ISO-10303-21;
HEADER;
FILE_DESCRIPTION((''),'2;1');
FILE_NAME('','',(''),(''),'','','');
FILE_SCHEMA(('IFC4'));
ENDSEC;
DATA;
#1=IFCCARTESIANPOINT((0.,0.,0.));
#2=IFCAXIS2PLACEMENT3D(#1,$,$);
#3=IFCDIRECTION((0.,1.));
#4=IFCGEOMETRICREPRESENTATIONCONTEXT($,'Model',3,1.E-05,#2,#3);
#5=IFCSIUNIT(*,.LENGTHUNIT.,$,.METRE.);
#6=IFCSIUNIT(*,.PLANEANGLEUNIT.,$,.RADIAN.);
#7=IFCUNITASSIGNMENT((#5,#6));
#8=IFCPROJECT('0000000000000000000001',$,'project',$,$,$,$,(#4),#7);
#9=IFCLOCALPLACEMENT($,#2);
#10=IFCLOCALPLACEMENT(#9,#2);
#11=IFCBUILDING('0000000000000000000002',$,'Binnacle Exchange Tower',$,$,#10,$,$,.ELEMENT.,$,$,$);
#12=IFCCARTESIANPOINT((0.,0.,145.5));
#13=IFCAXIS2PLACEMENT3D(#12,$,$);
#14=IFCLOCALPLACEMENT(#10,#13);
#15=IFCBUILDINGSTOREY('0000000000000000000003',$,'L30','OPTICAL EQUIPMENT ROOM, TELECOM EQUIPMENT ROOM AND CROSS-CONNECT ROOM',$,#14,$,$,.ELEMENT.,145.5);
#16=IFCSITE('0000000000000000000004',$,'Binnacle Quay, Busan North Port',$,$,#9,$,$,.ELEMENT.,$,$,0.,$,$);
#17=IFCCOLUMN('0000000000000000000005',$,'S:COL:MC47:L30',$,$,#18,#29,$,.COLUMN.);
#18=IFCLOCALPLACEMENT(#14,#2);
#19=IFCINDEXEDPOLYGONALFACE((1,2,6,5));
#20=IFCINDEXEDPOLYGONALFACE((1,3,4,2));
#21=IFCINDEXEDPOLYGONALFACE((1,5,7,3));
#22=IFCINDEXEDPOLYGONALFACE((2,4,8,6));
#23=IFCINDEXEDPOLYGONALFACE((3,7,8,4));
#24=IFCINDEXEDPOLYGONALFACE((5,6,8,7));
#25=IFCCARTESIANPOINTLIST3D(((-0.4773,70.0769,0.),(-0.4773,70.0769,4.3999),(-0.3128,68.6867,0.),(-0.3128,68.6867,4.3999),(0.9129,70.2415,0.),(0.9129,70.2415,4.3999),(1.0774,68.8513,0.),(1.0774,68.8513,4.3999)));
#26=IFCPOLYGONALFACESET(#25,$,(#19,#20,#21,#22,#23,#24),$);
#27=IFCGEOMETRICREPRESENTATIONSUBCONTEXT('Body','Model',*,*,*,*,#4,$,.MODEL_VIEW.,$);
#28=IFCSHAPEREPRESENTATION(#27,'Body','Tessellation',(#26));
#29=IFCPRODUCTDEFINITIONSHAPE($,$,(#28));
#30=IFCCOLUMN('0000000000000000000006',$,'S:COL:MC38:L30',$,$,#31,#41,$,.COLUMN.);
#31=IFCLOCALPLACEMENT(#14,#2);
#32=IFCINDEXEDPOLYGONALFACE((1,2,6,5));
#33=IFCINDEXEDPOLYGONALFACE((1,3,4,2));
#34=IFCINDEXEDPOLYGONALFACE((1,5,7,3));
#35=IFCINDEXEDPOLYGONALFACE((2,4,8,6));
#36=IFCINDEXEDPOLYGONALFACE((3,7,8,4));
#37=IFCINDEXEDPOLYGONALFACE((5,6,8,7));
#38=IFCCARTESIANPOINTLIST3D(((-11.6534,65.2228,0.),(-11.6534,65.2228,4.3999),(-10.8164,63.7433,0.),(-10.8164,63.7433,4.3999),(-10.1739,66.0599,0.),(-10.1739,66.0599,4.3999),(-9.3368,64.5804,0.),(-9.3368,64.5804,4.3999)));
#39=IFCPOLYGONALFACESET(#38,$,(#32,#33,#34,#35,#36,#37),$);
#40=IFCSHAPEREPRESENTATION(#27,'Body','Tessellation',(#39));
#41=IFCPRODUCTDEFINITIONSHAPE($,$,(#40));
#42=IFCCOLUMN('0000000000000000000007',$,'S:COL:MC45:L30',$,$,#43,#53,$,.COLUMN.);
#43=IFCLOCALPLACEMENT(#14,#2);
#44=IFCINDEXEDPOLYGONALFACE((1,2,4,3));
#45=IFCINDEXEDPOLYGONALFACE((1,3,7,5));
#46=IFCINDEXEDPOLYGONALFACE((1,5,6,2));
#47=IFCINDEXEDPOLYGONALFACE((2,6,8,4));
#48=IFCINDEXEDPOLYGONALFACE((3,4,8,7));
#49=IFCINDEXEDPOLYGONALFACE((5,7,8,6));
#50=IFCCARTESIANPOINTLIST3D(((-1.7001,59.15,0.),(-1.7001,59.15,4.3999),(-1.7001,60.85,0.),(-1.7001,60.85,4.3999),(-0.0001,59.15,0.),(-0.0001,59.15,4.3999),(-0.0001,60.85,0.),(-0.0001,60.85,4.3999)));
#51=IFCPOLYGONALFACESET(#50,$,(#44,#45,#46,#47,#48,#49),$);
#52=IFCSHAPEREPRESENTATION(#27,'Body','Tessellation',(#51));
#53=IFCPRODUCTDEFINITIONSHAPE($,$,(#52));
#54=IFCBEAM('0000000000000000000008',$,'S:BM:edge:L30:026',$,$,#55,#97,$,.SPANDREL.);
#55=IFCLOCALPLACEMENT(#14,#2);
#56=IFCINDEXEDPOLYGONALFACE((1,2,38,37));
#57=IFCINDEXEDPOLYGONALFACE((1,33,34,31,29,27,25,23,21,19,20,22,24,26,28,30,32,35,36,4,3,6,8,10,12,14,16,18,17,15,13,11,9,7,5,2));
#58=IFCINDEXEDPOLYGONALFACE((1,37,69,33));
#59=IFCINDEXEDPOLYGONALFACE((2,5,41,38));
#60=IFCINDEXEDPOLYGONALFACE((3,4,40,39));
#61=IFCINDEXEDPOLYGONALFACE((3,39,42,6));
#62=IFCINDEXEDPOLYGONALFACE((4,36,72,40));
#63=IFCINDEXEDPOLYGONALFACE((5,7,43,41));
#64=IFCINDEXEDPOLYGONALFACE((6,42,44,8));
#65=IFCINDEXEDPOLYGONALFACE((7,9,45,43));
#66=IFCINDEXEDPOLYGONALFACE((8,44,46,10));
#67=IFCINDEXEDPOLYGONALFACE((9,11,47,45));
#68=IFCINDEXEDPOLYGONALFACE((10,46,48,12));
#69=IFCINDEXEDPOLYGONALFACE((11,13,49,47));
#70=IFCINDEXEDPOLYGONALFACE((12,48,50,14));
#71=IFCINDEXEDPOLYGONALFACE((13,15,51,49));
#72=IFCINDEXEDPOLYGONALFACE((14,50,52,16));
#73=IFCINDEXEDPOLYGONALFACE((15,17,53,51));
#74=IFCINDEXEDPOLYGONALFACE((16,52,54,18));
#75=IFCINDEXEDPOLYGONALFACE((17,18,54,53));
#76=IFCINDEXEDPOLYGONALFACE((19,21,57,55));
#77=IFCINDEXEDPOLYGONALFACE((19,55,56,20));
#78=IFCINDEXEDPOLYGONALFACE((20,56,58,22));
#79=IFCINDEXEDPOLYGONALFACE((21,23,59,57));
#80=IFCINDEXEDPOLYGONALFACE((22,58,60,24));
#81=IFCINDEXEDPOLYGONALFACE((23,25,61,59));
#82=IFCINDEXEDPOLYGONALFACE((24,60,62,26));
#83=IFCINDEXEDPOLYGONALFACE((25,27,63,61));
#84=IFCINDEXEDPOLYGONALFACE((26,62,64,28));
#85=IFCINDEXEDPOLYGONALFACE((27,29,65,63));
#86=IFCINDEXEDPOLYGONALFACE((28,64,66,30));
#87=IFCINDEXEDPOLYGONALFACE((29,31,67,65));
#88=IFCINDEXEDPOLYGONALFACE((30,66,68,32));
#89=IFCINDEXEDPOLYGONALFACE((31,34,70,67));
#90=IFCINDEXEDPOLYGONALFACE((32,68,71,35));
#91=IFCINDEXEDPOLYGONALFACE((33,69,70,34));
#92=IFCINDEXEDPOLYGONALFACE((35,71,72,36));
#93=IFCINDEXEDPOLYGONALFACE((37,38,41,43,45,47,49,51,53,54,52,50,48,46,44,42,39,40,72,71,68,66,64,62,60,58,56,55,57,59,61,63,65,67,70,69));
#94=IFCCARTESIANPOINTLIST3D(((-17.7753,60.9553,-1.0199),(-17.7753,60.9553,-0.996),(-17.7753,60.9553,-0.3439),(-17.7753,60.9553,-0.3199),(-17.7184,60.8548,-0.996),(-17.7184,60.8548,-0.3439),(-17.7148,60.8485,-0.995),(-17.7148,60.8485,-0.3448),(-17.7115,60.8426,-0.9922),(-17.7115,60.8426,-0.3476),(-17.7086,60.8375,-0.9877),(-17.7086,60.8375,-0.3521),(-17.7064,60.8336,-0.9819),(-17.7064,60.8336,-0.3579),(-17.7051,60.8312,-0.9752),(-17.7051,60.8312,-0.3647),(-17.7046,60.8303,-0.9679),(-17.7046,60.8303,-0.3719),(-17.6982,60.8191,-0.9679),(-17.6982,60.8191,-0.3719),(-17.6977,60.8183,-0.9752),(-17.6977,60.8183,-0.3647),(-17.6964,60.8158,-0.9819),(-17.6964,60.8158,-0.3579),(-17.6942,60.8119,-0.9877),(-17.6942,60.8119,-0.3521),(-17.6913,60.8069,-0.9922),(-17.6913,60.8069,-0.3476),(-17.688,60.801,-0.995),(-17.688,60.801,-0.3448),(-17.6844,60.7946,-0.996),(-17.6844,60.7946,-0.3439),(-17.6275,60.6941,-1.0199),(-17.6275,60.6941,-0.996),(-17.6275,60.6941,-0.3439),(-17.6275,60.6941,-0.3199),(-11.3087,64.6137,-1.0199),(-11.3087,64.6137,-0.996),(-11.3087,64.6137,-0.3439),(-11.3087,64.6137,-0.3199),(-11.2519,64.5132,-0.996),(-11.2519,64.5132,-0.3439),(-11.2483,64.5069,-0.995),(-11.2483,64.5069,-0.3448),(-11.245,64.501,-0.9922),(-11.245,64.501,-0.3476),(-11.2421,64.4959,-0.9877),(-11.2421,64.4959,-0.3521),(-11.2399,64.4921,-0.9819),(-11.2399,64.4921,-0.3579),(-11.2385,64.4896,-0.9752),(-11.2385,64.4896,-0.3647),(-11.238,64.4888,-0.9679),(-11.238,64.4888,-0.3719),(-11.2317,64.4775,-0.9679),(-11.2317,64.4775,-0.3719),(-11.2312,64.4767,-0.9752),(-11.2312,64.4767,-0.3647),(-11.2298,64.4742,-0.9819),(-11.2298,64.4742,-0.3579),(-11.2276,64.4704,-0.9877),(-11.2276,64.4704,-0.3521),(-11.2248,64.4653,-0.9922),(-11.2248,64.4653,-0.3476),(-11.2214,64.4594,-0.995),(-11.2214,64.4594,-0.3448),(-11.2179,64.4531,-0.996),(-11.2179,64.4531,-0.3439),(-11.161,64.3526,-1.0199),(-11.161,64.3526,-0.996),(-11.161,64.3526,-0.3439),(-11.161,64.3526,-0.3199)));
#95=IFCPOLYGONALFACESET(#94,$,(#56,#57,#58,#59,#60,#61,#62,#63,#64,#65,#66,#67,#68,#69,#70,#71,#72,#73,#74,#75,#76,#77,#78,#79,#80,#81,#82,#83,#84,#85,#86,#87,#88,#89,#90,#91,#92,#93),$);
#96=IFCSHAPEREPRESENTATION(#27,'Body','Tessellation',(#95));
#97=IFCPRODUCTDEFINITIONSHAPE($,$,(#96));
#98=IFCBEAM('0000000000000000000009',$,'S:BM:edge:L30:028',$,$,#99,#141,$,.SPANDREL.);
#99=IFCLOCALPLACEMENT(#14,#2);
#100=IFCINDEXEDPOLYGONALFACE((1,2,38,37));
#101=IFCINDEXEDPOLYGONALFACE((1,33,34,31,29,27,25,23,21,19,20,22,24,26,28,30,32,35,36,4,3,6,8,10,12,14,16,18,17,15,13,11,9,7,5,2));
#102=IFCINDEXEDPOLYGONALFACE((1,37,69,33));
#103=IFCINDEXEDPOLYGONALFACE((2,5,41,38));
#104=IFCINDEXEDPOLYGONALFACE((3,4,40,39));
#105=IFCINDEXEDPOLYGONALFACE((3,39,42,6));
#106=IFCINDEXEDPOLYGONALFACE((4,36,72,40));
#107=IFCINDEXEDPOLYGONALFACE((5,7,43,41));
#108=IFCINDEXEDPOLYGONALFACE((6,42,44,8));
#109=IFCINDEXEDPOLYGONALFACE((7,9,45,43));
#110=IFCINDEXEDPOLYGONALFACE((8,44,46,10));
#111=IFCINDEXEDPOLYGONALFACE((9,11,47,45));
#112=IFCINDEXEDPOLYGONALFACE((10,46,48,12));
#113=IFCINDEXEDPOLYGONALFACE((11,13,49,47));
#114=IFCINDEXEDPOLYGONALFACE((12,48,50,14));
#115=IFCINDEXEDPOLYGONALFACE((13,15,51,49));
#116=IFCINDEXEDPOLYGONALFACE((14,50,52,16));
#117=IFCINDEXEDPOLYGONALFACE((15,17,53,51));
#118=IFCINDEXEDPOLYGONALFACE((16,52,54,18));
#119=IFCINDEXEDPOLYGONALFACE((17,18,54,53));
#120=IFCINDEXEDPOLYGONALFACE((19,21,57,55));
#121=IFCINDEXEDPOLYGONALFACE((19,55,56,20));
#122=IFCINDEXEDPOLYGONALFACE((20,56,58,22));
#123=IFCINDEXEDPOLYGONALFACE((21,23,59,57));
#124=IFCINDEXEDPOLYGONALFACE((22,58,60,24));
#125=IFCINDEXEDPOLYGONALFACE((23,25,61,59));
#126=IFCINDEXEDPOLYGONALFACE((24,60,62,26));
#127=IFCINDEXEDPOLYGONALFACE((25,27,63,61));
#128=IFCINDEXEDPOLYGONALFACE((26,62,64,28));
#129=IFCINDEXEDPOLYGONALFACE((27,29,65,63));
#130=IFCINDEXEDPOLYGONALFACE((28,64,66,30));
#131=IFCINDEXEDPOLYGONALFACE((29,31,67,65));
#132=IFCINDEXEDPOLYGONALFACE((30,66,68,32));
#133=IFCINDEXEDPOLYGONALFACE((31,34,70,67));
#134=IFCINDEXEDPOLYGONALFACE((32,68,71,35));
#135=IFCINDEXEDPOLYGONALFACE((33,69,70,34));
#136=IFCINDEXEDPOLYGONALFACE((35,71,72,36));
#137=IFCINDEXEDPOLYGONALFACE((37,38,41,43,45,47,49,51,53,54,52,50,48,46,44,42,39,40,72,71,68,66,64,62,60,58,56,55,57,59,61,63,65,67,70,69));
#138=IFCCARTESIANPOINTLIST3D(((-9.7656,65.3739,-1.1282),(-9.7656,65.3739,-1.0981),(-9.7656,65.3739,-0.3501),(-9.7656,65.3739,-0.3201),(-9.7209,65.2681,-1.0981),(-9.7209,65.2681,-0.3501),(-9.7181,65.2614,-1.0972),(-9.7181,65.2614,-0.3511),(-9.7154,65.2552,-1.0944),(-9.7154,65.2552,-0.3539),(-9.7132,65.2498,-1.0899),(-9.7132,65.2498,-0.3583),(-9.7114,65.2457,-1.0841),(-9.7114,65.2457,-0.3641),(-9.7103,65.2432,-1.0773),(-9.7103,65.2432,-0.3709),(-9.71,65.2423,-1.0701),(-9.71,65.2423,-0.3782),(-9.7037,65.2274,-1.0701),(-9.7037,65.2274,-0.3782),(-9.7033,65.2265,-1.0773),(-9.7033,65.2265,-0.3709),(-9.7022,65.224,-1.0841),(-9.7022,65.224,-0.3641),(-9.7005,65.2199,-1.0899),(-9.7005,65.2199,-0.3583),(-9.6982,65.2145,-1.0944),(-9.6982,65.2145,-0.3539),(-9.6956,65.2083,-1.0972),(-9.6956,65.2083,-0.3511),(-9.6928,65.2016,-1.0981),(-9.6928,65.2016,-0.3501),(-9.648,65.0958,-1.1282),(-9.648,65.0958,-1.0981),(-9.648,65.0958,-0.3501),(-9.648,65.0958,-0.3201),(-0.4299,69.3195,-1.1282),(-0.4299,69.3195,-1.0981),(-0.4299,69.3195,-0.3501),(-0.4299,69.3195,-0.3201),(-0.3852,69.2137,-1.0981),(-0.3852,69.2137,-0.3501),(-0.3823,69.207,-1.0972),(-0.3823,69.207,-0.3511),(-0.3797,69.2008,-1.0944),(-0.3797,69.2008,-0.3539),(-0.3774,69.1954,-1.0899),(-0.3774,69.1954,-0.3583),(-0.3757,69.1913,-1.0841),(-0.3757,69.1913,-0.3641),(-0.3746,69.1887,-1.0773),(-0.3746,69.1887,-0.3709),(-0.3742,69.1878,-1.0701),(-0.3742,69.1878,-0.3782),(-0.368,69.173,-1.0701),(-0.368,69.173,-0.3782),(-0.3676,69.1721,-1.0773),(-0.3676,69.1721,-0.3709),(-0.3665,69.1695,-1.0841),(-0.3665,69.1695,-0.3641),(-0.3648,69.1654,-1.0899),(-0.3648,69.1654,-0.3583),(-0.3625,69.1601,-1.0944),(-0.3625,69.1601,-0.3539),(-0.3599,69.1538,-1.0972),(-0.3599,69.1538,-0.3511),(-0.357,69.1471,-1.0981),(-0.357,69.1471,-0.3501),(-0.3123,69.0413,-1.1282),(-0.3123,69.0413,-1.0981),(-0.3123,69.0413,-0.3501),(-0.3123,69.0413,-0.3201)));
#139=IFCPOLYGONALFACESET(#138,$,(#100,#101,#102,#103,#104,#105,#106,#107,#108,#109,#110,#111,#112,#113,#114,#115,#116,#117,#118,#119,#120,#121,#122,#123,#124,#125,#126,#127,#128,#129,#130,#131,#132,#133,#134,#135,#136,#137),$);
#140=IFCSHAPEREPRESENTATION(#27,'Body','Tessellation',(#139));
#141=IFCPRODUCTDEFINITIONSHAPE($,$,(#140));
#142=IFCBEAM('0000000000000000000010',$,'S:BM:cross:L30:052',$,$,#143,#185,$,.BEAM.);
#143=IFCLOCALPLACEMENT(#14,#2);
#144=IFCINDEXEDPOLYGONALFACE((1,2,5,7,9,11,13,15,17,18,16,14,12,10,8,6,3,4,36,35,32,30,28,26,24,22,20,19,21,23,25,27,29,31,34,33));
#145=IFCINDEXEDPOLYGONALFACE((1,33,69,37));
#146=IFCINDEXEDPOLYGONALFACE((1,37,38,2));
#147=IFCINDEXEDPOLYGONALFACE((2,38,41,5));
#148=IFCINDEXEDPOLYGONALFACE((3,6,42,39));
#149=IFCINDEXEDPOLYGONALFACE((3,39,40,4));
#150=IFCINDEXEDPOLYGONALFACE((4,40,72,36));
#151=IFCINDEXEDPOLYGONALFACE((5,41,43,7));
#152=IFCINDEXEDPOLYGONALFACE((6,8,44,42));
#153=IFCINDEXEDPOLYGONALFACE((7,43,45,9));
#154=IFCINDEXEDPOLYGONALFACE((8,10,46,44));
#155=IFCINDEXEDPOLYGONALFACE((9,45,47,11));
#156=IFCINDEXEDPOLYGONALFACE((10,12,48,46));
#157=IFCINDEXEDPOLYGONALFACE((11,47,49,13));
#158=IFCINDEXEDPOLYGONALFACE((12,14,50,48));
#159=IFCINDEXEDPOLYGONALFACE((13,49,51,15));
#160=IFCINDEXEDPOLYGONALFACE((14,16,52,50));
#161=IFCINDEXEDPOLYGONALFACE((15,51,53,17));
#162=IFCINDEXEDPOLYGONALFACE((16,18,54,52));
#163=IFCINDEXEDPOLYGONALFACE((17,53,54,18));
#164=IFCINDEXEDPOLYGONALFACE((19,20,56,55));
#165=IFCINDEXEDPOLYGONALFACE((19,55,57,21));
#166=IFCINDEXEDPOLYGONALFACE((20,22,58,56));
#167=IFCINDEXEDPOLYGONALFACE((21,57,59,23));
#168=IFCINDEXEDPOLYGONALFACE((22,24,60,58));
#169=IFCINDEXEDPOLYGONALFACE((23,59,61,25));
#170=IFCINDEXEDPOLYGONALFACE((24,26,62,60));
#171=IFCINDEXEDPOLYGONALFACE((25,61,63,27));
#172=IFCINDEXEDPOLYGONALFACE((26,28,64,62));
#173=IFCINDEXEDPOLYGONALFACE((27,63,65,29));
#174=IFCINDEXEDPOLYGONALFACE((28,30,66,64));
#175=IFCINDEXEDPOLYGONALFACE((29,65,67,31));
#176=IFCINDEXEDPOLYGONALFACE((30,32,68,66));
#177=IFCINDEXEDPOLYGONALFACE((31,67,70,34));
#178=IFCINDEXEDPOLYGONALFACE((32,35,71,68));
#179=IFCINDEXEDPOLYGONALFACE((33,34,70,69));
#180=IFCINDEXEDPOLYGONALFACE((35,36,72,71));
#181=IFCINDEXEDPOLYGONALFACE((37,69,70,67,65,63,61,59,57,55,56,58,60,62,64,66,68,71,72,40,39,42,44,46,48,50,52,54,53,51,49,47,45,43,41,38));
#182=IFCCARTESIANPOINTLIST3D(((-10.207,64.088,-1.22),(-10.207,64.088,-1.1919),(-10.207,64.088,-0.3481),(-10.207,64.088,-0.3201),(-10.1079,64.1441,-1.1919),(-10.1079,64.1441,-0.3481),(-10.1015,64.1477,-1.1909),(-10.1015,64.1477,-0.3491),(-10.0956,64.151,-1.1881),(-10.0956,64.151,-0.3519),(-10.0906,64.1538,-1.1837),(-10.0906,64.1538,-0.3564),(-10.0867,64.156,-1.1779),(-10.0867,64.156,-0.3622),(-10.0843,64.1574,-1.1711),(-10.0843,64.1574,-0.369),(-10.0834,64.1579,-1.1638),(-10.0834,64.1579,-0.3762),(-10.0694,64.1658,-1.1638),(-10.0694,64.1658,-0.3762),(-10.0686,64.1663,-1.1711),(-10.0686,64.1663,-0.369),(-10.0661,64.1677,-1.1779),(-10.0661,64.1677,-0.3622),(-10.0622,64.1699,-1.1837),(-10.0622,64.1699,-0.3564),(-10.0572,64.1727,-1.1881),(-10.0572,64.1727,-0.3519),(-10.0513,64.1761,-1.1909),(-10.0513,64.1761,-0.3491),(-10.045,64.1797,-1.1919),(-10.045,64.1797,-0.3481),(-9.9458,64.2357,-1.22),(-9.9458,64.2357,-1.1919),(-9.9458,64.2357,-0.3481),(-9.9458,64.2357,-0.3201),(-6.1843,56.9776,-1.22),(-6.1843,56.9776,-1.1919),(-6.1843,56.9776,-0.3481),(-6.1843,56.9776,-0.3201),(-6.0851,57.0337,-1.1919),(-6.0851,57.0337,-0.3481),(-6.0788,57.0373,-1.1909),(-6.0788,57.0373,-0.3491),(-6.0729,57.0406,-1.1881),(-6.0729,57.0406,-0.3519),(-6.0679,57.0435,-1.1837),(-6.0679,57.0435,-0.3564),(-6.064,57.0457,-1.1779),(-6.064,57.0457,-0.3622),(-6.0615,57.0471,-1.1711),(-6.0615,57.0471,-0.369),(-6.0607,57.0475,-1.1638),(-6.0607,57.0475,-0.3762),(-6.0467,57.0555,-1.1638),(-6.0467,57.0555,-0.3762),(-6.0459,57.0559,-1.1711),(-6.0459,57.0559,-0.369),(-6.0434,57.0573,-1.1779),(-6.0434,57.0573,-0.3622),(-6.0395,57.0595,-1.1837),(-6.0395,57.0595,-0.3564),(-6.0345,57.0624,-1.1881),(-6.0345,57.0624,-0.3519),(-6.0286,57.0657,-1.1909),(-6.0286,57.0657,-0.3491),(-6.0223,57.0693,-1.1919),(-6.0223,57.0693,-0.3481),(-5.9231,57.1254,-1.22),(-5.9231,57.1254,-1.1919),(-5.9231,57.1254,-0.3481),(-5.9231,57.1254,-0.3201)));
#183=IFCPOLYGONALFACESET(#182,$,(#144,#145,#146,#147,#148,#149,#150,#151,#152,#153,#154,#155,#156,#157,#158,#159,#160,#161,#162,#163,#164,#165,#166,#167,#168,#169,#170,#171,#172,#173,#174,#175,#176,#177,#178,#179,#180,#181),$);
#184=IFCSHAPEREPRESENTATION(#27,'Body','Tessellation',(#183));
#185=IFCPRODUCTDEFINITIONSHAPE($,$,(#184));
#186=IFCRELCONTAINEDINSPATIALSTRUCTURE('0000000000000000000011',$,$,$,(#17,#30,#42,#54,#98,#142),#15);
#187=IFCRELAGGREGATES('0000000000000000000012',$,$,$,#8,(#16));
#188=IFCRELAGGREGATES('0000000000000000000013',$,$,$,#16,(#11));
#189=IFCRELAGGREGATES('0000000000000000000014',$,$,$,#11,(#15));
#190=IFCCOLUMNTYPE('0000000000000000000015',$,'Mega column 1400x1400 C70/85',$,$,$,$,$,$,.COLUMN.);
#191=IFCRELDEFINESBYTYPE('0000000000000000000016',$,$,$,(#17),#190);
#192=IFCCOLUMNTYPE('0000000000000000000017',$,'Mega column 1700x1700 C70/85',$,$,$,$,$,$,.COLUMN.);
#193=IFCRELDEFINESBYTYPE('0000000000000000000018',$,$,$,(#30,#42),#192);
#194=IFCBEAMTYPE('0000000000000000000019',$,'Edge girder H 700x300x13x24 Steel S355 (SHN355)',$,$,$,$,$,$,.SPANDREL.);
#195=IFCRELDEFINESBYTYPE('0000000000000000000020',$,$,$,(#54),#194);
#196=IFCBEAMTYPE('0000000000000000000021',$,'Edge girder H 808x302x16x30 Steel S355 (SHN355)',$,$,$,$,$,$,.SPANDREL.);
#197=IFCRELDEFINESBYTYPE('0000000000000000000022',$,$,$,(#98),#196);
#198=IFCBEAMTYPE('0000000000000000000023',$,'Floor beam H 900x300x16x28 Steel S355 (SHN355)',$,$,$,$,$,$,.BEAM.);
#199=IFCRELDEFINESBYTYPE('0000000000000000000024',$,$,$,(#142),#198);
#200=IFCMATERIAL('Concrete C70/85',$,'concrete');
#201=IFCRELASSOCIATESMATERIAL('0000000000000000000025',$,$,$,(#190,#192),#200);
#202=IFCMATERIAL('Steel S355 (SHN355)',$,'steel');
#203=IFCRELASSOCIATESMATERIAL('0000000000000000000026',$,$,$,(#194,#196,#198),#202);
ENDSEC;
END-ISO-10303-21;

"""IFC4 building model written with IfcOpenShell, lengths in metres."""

from ifc_helpers import new_model, si_unit, direction, frame, origin, origin_2d, place, context, subcontext, project, spatial, rectangle, i_section, extrude, material, material_profile, profile_set, type_object, element, save


model = new_model("IFC4")

# Units and contexts
model_context = context("Model", 3, precision=1e-05, world=origin(), true_north=direction((0.0, 1.0)))
body_context = subcontext(model_context, "Body", "Model", "MODEL_VIEW")
ifc_project = project(units=[si_unit("LENGTHUNIT", "METRE"), si_unit("PLANEANGLEUNIT", "RADIAN")], contexts=[model_context])

# Site, building, storey
site_placement = place(None, origin())
site = spatial("IfcSite", under=ifc_project, at=site_placement, Name="Binnacle Quay, Busan North Port", CompositionType="ELEMENT", RefElevation=0.0)
building_placement = place(site_placement, origin())
building = spatial("IfcBuilding", under=site, at=building_placement, Name="Binnacle Exchange Tower", CompositionType="ELEMENT")
storey_placement = place(building_placement, frame((0.0, 0.0, 145.5)))
storey = spatial("IfcBuildingStorey", under=building, at=storey_placement, Name="L30", Description="OPTICAL EQUIPMENT ROOM, TELECOM EQUIPMENT ROOM AND CROSS-CONNECT ROOM", CompositionType="ELEMENT", Elevation=145.5)

# Columns
ifc_material_1 = material(Name="Concrete C70/85", Category="concrete")
ifc_material_profile_1 = material_profile(ifc_material_1, rectangle(XDim=1.3999, YDim=1.3999, at=origin_2d()), Name="Mega column 1400x1400 C70/85")
ifc_profile_set_1 = profile_set([ifc_material_profile_1], Name="Concrete C70/85")
column_type_1 = type_object("IfcColumnType", Name="Mega column 1400x1400 C70/85", PredefinedType="COLUMN", material=ifc_profile_set_1)
column_placement = place(storey_placement, frame((0.3, 69.4641, 0.0), z_axis=(0.0, 0.0, 1.0), x_axis=(-0.993068, -0.117537, 0.0)))
element("IfcColumn", 1, at=column_placement, inside=storey, type_object=column_type_1, Name="S:COL:MC47:L30", PredefinedType="COLUMN", context=body_context, shape_type="SweptSolid", body=[
    extrude(rectangle(XDim=1.3999, YDim=1.3999, at=origin_2d()), origin(), (0.0, 0.0, 1.0), 4.3999),
])
ifc_material_profile_2 = material_profile(ifc_material_1, rectangle(XDim=1.7, YDim=1.7, at=origin_2d()), Name="Mega column 1700x1700 C70/85")
ifc_profile_set_2 = profile_set([ifc_material_profile_2], Name="Concrete C70/85")
column_type_2 = type_object("IfcColumnType", Name="Mega column 1700x1700 C70/85", PredefinedType="COLUMN", material=ifc_profile_set_2)
for number, where, z_axis, x_axis, name in (
    (2, (-10.4951, 64.9016, 0.0), (0.0, 0.0, 1.0), (-0.870356, -0.492424, 0.0), "S:COL:MC38:L30"),
    (3, (-0.8501, 60.0, 0.0), (0.0, 0.0, 1.0), (0.0, 1.0, 0.0), "S:COL:MC45:L30"),
):
    element("IfcColumn", number, at=place(storey_placement, frame(where, z_axis=z_axis, x_axis=x_axis)), inside=storey, type_object=column_type_2, Name=name, PredefinedType="COLUMN", context=body_context, shape_type="SweptSolid", body=[
        extrude(rectangle(XDim=1.7, YDim=1.7, at=origin_2d()), origin(), (0.0, 0.0, 1.0), 4.3999),
    ])

# Beams
ifc_material_2 = material(Name="Steel S355 (SHN355)", Category="steel")
ifc_material_profile_3 = material_profile(ifc_material_2, i_section(OverallWidth=0.3, OverallDepth=0.7, WebThickness=0.0129, FlangeThickness=0.0239, FilletRadius=0.0281, at=origin_2d()), Name="H 700x300x13x24")
ifc_profile_set_3 = profile_set([ifc_material_profile_3], Name="Steel S355 (SHN355)")
beam_type_1 = type_object("IfcBeamType", Name="Edge girder H 700x300x13x24 Steel S355 (SHN355)", PredefinedType="SPANDREL", material=ifc_profile_set_3)
beam_1_placement = place(storey_placement, frame((-11.2349, 64.4832, -0.6699), z_axis=(-0.870364, -0.492408, 0.0), x_axis=(0.492408, -0.870364, 0.0)))
element("IfcBeam", 4, at=beam_1_placement, inside=storey, type_object=beam_type_1, Name="S:BM:edge:L30:026", PredefinedType="SPANDREL", context=body_context, shape_type="SweptSolid", body=[
    extrude(i_section(OverallWidth=0.3, OverallDepth=0.7, WebThickness=0.0129, FlangeThickness=0.0239, FilletRadius=0.0281, at=origin_2d()), origin(), (0.0, 0.0, 1.0), 7.4297),
])
ifc_material_profile_4 = material_profile(ifc_material_2, i_section(OverallWidth=0.302, OverallDepth=0.8081, WebThickness=0.0161, FlangeThickness=0.03, FilletRadius=0.0281, at=origin_2d()), Name="H 808x302x16x30")
ifc_profile_set_4 = profile_set([ifc_material_profile_4], Name="Steel S355 (SHN355)")
beam_type_2 = type_object("IfcBeamType", Name="Edge girder H 808x302x16x30 Steel S355 (SHN355)", PredefinedType="SPANDREL", material=ifc_profile_set_4)
beam_2_placement = place(storey_placement, frame((-0.3711, 69.1804, -0.7241), z_axis=(-0.921114, -0.389292, 0.0), x_axis=(0.389292, -0.921114, 0.0)))
element("IfcBeam", 5, at=beam_2_placement, inside=storey, type_object=beam_type_2, Name="S:BM:edge:L30:028", PredefinedType="SPANDREL", context=body_context, shape_type="SweptSolid", body=[
    extrude(i_section(OverallWidth=0.302, OverallDepth=0.8081, WebThickness=0.0161, FlangeThickness=0.03, FilletRadius=0.0281, at=origin_2d()), origin(), (0.0, 0.0, 1.0), 10.1353),
])
ifc_material_profile_5 = material_profile(ifc_material_2, i_section(OverallWidth=0.3, OverallDepth=0.8999, WebThickness=0.0161, FlangeThickness=0.0281, FilletRadius=0.0281, at=origin_2d()), Name="H 900x300x16x28")
ifc_profile_set_5 = profile_set([ifc_material_profile_5], Name="Steel S355 (SHN355)")
beam_type_3 = type_object("IfcBeamType", Name="Floor beam H 900x300x16x28 Steel S355 (SHN355)", PredefinedType="BEAM", material=ifc_profile_set_5)
beam_3_placement = place(storey_placement, frame((-10.0764, 64.1619, -0.77), z_axis=(0.492411, -0.870363, 0.0), x_axis=(0.870363, 0.492411, 0.0)))
element("IfcBeam", 6, at=beam_3_placement, inside=storey, type_object=beam_type_3, Name="S:BM:cross:L30:052", PredefinedType="BEAM", context=body_context, shape_type="SweptSolid", body=[
    extrude(i_section(OverallWidth=0.3, OverallDepth=0.8999, WebThickness=0.0161, FlangeThickness=0.0281, FilletRadius=0.0281, at=origin_2d()), origin(), (0.0, 0.0, 1.0), 8.1694),
])

save(model, "model.ifc")
